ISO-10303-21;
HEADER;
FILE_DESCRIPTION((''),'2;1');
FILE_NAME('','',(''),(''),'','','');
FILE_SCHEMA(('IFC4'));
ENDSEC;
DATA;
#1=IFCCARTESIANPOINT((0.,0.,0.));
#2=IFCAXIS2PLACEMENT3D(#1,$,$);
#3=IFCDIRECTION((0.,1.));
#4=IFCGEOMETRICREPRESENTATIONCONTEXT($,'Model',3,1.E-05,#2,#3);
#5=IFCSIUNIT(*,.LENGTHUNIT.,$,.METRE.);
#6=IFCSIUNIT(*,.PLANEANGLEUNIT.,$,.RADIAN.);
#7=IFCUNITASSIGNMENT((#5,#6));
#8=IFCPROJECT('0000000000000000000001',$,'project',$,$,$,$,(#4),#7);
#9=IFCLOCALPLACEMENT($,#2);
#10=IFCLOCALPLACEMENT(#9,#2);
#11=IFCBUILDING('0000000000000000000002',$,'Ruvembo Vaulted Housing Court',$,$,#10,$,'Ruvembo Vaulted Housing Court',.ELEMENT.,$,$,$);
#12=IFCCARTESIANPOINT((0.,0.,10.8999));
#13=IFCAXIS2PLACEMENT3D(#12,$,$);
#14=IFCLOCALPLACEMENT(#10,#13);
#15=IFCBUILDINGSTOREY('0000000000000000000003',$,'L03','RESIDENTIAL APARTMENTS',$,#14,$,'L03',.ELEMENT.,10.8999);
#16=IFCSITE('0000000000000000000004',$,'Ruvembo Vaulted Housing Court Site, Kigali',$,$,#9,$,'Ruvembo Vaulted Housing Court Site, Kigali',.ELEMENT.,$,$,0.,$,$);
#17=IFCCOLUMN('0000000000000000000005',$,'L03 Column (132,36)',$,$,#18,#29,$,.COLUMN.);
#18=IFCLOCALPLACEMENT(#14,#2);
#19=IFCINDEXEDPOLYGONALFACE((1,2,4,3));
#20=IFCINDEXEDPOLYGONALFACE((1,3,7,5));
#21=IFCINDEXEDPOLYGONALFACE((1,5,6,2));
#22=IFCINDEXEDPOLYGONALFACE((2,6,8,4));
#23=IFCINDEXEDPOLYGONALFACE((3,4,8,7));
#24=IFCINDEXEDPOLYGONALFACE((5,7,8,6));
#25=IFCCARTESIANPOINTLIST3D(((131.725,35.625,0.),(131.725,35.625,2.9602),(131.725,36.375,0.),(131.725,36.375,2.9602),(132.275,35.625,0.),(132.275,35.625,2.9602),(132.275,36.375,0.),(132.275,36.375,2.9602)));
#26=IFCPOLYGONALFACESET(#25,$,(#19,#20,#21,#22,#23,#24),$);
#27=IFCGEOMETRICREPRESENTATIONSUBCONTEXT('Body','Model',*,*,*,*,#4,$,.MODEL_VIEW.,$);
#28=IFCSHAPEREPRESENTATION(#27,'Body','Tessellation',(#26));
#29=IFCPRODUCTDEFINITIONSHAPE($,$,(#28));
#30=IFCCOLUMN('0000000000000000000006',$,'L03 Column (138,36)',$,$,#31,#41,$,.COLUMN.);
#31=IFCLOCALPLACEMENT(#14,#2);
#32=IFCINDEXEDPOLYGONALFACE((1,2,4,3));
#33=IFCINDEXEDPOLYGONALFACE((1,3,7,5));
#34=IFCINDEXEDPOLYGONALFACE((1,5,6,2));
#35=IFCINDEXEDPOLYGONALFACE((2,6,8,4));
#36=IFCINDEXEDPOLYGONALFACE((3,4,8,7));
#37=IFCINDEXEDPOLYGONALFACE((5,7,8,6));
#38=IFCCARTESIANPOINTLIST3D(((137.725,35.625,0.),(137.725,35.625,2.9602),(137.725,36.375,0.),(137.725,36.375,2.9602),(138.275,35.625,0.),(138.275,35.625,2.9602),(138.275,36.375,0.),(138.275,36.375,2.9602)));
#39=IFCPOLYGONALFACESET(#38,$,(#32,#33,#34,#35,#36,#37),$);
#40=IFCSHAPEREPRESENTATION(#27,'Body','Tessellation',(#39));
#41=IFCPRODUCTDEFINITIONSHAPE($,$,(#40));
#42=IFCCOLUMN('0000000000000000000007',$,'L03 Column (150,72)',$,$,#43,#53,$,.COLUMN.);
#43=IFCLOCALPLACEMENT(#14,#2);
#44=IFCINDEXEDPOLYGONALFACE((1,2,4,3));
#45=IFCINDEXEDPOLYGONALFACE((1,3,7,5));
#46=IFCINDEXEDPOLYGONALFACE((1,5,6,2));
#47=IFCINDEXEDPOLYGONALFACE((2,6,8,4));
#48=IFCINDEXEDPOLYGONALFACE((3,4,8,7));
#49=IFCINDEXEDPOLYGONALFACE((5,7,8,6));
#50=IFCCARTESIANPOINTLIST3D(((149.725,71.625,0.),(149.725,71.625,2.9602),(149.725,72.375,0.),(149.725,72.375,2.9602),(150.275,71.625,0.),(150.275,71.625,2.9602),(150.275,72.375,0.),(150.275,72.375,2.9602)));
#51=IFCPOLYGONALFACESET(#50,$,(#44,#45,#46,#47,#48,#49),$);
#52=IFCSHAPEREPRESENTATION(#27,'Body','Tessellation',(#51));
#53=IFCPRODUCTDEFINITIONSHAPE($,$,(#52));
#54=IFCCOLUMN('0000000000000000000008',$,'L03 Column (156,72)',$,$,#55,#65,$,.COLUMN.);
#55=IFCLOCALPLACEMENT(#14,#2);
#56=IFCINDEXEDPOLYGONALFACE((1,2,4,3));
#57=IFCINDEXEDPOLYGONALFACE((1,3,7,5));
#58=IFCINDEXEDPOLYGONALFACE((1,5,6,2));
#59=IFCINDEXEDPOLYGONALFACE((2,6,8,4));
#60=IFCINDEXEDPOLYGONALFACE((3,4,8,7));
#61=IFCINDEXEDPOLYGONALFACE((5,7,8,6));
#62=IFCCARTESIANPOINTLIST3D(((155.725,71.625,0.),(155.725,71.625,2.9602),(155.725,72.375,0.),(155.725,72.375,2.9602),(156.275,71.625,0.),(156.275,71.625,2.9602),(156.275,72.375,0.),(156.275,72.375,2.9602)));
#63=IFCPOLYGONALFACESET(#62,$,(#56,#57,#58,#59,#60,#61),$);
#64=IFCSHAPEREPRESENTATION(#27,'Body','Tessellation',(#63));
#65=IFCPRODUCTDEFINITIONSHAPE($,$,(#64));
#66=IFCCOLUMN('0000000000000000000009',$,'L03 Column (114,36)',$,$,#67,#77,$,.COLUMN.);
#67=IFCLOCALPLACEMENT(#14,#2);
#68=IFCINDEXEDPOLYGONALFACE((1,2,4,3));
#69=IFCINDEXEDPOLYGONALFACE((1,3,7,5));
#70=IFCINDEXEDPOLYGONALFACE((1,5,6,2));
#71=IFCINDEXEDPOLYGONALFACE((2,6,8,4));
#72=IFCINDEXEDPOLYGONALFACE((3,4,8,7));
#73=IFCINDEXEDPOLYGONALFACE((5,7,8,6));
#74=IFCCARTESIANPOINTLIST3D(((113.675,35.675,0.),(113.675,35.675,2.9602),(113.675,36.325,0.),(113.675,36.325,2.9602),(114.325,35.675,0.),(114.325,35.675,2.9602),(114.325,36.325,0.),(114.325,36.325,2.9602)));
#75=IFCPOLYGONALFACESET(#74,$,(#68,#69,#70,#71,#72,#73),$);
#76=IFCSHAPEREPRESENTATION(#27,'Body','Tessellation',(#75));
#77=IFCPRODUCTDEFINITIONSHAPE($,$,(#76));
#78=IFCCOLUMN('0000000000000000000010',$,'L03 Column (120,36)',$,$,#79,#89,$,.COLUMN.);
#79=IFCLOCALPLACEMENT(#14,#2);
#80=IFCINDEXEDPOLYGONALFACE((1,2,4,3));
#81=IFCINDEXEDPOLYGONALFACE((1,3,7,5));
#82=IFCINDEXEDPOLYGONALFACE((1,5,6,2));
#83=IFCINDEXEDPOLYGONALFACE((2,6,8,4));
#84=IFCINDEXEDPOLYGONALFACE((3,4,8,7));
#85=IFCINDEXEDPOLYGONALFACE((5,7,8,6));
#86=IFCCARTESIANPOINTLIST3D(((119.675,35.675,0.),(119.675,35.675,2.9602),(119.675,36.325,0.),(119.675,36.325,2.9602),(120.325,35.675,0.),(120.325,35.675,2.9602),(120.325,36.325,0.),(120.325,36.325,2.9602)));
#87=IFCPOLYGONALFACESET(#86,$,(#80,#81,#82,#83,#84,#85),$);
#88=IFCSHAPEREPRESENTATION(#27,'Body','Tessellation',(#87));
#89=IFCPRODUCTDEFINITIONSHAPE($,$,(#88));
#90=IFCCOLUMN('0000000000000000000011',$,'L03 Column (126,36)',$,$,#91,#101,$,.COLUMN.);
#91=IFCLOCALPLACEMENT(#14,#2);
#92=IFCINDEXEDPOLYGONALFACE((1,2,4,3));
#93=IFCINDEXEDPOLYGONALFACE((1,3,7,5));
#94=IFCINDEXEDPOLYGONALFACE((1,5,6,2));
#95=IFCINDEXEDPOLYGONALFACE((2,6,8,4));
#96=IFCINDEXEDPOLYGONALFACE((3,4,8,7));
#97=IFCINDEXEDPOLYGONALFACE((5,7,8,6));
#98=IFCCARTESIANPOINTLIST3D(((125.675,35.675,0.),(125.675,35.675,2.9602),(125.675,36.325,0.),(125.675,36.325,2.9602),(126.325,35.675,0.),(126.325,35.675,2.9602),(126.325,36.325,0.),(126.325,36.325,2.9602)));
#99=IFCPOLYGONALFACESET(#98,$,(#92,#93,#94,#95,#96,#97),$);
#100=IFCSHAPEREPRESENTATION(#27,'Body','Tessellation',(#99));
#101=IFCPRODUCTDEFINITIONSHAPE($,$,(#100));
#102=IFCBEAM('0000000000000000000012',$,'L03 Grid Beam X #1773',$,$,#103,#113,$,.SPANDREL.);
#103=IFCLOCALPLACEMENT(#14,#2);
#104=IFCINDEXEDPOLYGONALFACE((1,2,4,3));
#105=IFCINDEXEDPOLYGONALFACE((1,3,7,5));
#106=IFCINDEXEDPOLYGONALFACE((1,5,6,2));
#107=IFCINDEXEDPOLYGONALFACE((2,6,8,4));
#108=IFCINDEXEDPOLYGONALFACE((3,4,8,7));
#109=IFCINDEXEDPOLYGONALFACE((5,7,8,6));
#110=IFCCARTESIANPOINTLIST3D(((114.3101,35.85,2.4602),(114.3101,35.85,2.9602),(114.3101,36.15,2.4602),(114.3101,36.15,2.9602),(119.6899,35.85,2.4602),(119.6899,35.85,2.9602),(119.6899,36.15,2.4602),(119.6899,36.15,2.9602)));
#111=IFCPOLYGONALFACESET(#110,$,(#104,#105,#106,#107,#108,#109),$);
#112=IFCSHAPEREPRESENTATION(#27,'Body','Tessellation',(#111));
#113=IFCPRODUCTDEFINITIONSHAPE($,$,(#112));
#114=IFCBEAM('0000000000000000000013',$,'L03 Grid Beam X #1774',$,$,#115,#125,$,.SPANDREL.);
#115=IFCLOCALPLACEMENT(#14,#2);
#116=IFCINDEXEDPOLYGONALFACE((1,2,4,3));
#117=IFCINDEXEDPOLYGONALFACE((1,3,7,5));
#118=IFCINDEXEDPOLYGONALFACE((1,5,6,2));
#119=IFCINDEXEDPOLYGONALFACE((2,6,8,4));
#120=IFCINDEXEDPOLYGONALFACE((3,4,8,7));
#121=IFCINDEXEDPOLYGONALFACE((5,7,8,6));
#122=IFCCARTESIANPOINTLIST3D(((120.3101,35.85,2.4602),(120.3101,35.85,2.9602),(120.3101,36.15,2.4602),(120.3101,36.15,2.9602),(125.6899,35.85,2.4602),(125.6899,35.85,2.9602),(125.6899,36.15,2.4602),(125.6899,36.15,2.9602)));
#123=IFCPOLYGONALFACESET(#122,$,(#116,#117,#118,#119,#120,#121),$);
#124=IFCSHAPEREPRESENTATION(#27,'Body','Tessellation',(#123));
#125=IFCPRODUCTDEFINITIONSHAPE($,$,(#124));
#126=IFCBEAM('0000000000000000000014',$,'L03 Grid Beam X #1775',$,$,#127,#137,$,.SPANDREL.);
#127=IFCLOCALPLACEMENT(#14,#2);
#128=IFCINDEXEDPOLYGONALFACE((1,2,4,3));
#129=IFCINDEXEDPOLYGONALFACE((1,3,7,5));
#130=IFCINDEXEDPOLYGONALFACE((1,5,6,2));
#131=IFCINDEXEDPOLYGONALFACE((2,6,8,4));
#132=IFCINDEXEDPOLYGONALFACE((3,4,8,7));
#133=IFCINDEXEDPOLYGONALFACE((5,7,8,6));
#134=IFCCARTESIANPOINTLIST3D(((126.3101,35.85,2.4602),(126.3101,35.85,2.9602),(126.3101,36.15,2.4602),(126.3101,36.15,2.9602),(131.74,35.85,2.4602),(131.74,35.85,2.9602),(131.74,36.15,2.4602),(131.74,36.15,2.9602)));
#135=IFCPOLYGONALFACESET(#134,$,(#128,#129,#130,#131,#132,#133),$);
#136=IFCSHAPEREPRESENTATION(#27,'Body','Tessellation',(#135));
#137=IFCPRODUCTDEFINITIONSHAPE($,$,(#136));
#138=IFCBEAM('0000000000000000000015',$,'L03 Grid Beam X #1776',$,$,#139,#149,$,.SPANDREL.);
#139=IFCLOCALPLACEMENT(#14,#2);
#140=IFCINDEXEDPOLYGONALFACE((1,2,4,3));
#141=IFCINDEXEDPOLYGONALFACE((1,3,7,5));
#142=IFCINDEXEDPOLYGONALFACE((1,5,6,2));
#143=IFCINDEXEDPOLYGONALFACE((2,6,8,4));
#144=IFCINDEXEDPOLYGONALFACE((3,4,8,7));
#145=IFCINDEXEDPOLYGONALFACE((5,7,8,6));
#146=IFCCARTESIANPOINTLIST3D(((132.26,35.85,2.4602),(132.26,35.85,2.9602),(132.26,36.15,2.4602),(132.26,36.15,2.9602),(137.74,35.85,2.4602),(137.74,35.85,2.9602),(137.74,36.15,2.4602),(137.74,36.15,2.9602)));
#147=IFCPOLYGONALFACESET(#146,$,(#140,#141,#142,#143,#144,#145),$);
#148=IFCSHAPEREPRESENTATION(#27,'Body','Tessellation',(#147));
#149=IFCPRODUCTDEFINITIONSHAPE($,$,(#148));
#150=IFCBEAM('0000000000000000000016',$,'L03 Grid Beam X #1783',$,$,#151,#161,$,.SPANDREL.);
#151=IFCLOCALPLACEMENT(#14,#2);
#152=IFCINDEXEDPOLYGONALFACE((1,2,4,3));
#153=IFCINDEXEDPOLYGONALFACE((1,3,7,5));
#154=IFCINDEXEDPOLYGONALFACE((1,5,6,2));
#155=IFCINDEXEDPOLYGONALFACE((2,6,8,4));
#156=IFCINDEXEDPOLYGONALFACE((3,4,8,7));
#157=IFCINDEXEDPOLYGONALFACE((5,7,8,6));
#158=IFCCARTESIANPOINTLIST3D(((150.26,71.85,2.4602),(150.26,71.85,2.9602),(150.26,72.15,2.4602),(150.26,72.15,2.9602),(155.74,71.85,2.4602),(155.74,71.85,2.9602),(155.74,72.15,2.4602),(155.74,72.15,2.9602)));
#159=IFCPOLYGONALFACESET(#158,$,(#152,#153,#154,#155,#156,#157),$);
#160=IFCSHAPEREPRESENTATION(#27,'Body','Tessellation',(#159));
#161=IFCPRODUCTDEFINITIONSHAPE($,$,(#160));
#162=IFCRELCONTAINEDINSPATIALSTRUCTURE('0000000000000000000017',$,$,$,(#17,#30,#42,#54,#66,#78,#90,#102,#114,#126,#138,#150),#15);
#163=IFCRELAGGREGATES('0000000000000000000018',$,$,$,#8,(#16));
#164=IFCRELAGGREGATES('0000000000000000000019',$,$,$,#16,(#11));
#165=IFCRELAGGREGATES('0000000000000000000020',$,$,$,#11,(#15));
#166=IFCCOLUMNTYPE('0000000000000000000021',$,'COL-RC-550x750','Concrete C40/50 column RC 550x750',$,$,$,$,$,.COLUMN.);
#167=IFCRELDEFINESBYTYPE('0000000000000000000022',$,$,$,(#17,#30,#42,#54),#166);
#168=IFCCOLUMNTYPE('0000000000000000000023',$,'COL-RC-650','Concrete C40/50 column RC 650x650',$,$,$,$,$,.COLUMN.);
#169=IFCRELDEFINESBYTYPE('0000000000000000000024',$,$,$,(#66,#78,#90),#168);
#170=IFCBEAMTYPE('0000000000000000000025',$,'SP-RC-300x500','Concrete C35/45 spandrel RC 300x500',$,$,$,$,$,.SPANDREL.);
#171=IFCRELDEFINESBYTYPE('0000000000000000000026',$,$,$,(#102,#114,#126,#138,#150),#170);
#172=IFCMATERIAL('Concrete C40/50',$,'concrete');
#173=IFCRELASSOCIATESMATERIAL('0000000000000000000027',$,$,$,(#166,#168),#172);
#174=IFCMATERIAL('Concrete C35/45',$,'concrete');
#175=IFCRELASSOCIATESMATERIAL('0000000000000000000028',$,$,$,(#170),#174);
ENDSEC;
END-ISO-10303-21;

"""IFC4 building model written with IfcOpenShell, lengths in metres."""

from ifc_helpers import new_model, si_unit, direction, frame, origin, origin_2d, place, context, subcontext, project, spatial, rectangle, extrude, material, material_profile, profile_set, type_object, element, save


model = new_model("IFC4")

# Units and contexts
model_context = context("Model", 3, precision=1e-05, world=origin(), true_north=direction((0.0, 1.0)))
body_context = subcontext(model_context, "Body", "Model", "MODEL_VIEW")
ifc_project = project(units=[si_unit("LENGTHUNIT", "METRE"), si_unit("PLANEANGLEUNIT", "RADIAN")], contexts=[model_context])

# Site, building, storey
site_placement = place(None, origin())
site = spatial("IfcSite", under=ifc_project, at=site_placement, Name="Ruvembo Vaulted Housing Court Site, Kigali", LongName="Ruvembo Vaulted Housing Court Site, Kigali", CompositionType="ELEMENT", RefElevation=0.0)
building_placement = place(site_placement, origin())
building = spatial("IfcBuilding", under=site, at=building_placement, Name="Ruvembo Vaulted Housing Court", LongName="Ruvembo Vaulted Housing Court", CompositionType="ELEMENT")
storey_placement = place(building_placement, frame((0.0, 0.0, 10.8999)))
storey = spatial("IfcBuildingStorey", under=building, at=storey_placement, Name="L03", Description="RESIDENTIAL APARTMENTS", LongName="L03", CompositionType="ELEMENT", Elevation=10.8999)

# Columns
ifc_material_1 = material(Name="Concrete C40/50", Category="concrete")
ifc_material_profile_1 = material_profile(ifc_material_1, rectangle(XDim=0.55, YDim=0.75, at=origin_2d()), Name="RC 550x750")
ifc_profile_set_1 = profile_set([ifc_material_profile_1], Name="Concrete C40/50")
column_type_1 = type_object("IfcColumnType", Name="COL-RC-550x750", Description="Concrete C40/50 column RC 550x750", PredefinedType="COLUMN", material=ifc_profile_set_1)
for number, where, z_axis, x_axis, name in (
    (1, (132.0, 36.0, 0.0), (0.0, 0.0, 1.0), (1.0, 0.0, 0.0), "L03 Column (132,36)"),
    (2, (138.0, 36.0, 0.0), (0.0, 0.0, 1.0), (1.0, 0.0, 0.0), "L03 Column (138,36)"),
    (3, (150.0, 72.0, 0.0), (0.0, 0.0, 1.0), (1.0, 0.0, 0.0), "L03 Column (150,72)"),
    (4, (156.0, 72.0, 0.0), (0.0, 0.0, 1.0), (1.0, 0.0, 0.0), "L03 Column (156,72)"),
):
    element("IfcColumn", number, at=place(storey_placement, frame(where, z_axis=z_axis, x_axis=x_axis)), inside=storey, type_object=column_type_1, Name=name, PredefinedType="COLUMN", context=body_context, shape_type="SweptSolid", body=[
        extrude(rectangle(XDim=0.55, YDim=0.75, at=origin_2d()), origin(), (0.0, 0.0, 1.0), 2.9602),
    ])
ifc_material_profile_2 = material_profile(ifc_material_1, rectangle(XDim=0.6499, YDim=0.6499, at=origin_2d()), Name="RC 650x650")
ifc_profile_set_2 = profile_set([ifc_material_profile_2], Name="Concrete C40/50")
column_type_2 = type_object("IfcColumnType", Name="COL-RC-650", Description="Concrete C40/50 column RC 650x650", PredefinedType="COLUMN", material=ifc_profile_set_2)
for number, where, z_axis, x_axis, name in (
    (5, (114.0, 36.0, 0.0), (0.0, 0.0, 1.0), (1.0, 0.0, 0.0), "L03 Column (114,36)"),
    (6, (120.0, 36.0, 0.0), (0.0, 0.0, 1.0), (1.0, 0.0, 0.0), "L03 Column (120,36)"),
    (7, (126.0, 36.0, 0.0), (0.0, 0.0, 1.0), (1.0, 0.0, 0.0), "L03 Column (126,36)"),
):
    element("IfcColumn", number, at=place(storey_placement, frame(where, z_axis=z_axis, x_axis=x_axis)), inside=storey, type_object=column_type_2, Name=name, PredefinedType="COLUMN", context=body_context, shape_type="SweptSolid", body=[
        extrude(rectangle(XDim=0.6499, YDim=0.6499, at=origin_2d()), origin(), (0.0, 0.0, 1.0), 2.9602),
    ])

# Beams
ifc_material_2 = material(Name="Concrete C35/45", Category="concrete")
ifc_material_profile_3 = material_profile(ifc_material_2, rectangle(XDim=0.3, YDim=0.5, at=origin_2d()), Name="RC 300x500")
ifc_profile_set_3 = profile_set([ifc_material_profile_3], Name="Concrete C35/45")
beam_type = type_object("IfcBeamType", Name="SP-RC-300x500", Description="Concrete C35/45 spandrel RC 300x500", PredefinedType="SPANDREL", material=ifc_profile_set_3)
for number, where, z_axis, x_axis, name in (
    (8, (114.3101, 36.0, 2.7102), (1.0, 0.0, 0.0), (0.0, 1.0, 0.0), "L03 Grid Beam X #1773"),
    (9, (120.3101, 36.0, 2.7102), (1.0, 0.0, 0.0), (0.0, 1.0, 0.0), "L03 Grid Beam X #1774"),
):
    element("IfcBeam", number, at=place(storey_placement, frame(where, z_axis=z_axis, x_axis=x_axis)), inside=storey, type_object=beam_type, Name=name, PredefinedType="SPANDREL", context=body_context, shape_type="SweptSolid", body=[
        extrude(rectangle(XDim=0.3, YDim=0.5, at=origin_2d()), origin(), (0.0, 0.0, 1.0), 5.3799),
    ])
beam_placement = place(storey_placement, frame((126.3101, 36.0, 2.7102), z_axis=(1.0, 0.0, 0.0), x_axis=(0.0, 1.0, 0.0)))
element("IfcBeam", 10, at=beam_placement, inside=storey, type_object=beam_type, Name="L03 Grid Beam X #1775", PredefinedType="SPANDREL", context=body_context, shape_type="SweptSolid", body=[
    extrude(rectangle(XDim=0.3, YDim=0.5, at=origin_2d()), origin(), (0.0, 0.0, 1.0), 5.4299),
])
for number, where, z_axis, x_axis, name in (
    (11, (132.26, 36.0, 2.7102), (1.0, 0.0, 0.0), (0.0, 1.0, 0.0), "L03 Grid Beam X #1776"),
    (12, (150.26, 72.0, 2.7102), (1.0, 0.0, 0.0), (0.0, 1.0, 0.0), "L03 Grid Beam X #1783"),
):
    element("IfcBeam", number, at=place(storey_placement, frame(where, z_axis=z_axis, x_axis=x_axis)), inside=storey, type_object=beam_type, Name=name, PredefinedType="SPANDREL", context=body_context, shape_type="SweptSolid", body=[
        extrude(rectangle(XDim=0.3, YDim=0.5, at=origin_2d()), origin(), (0.0, 0.0, 1.0), 5.48),
    ])

save(model, "model.ifc")
